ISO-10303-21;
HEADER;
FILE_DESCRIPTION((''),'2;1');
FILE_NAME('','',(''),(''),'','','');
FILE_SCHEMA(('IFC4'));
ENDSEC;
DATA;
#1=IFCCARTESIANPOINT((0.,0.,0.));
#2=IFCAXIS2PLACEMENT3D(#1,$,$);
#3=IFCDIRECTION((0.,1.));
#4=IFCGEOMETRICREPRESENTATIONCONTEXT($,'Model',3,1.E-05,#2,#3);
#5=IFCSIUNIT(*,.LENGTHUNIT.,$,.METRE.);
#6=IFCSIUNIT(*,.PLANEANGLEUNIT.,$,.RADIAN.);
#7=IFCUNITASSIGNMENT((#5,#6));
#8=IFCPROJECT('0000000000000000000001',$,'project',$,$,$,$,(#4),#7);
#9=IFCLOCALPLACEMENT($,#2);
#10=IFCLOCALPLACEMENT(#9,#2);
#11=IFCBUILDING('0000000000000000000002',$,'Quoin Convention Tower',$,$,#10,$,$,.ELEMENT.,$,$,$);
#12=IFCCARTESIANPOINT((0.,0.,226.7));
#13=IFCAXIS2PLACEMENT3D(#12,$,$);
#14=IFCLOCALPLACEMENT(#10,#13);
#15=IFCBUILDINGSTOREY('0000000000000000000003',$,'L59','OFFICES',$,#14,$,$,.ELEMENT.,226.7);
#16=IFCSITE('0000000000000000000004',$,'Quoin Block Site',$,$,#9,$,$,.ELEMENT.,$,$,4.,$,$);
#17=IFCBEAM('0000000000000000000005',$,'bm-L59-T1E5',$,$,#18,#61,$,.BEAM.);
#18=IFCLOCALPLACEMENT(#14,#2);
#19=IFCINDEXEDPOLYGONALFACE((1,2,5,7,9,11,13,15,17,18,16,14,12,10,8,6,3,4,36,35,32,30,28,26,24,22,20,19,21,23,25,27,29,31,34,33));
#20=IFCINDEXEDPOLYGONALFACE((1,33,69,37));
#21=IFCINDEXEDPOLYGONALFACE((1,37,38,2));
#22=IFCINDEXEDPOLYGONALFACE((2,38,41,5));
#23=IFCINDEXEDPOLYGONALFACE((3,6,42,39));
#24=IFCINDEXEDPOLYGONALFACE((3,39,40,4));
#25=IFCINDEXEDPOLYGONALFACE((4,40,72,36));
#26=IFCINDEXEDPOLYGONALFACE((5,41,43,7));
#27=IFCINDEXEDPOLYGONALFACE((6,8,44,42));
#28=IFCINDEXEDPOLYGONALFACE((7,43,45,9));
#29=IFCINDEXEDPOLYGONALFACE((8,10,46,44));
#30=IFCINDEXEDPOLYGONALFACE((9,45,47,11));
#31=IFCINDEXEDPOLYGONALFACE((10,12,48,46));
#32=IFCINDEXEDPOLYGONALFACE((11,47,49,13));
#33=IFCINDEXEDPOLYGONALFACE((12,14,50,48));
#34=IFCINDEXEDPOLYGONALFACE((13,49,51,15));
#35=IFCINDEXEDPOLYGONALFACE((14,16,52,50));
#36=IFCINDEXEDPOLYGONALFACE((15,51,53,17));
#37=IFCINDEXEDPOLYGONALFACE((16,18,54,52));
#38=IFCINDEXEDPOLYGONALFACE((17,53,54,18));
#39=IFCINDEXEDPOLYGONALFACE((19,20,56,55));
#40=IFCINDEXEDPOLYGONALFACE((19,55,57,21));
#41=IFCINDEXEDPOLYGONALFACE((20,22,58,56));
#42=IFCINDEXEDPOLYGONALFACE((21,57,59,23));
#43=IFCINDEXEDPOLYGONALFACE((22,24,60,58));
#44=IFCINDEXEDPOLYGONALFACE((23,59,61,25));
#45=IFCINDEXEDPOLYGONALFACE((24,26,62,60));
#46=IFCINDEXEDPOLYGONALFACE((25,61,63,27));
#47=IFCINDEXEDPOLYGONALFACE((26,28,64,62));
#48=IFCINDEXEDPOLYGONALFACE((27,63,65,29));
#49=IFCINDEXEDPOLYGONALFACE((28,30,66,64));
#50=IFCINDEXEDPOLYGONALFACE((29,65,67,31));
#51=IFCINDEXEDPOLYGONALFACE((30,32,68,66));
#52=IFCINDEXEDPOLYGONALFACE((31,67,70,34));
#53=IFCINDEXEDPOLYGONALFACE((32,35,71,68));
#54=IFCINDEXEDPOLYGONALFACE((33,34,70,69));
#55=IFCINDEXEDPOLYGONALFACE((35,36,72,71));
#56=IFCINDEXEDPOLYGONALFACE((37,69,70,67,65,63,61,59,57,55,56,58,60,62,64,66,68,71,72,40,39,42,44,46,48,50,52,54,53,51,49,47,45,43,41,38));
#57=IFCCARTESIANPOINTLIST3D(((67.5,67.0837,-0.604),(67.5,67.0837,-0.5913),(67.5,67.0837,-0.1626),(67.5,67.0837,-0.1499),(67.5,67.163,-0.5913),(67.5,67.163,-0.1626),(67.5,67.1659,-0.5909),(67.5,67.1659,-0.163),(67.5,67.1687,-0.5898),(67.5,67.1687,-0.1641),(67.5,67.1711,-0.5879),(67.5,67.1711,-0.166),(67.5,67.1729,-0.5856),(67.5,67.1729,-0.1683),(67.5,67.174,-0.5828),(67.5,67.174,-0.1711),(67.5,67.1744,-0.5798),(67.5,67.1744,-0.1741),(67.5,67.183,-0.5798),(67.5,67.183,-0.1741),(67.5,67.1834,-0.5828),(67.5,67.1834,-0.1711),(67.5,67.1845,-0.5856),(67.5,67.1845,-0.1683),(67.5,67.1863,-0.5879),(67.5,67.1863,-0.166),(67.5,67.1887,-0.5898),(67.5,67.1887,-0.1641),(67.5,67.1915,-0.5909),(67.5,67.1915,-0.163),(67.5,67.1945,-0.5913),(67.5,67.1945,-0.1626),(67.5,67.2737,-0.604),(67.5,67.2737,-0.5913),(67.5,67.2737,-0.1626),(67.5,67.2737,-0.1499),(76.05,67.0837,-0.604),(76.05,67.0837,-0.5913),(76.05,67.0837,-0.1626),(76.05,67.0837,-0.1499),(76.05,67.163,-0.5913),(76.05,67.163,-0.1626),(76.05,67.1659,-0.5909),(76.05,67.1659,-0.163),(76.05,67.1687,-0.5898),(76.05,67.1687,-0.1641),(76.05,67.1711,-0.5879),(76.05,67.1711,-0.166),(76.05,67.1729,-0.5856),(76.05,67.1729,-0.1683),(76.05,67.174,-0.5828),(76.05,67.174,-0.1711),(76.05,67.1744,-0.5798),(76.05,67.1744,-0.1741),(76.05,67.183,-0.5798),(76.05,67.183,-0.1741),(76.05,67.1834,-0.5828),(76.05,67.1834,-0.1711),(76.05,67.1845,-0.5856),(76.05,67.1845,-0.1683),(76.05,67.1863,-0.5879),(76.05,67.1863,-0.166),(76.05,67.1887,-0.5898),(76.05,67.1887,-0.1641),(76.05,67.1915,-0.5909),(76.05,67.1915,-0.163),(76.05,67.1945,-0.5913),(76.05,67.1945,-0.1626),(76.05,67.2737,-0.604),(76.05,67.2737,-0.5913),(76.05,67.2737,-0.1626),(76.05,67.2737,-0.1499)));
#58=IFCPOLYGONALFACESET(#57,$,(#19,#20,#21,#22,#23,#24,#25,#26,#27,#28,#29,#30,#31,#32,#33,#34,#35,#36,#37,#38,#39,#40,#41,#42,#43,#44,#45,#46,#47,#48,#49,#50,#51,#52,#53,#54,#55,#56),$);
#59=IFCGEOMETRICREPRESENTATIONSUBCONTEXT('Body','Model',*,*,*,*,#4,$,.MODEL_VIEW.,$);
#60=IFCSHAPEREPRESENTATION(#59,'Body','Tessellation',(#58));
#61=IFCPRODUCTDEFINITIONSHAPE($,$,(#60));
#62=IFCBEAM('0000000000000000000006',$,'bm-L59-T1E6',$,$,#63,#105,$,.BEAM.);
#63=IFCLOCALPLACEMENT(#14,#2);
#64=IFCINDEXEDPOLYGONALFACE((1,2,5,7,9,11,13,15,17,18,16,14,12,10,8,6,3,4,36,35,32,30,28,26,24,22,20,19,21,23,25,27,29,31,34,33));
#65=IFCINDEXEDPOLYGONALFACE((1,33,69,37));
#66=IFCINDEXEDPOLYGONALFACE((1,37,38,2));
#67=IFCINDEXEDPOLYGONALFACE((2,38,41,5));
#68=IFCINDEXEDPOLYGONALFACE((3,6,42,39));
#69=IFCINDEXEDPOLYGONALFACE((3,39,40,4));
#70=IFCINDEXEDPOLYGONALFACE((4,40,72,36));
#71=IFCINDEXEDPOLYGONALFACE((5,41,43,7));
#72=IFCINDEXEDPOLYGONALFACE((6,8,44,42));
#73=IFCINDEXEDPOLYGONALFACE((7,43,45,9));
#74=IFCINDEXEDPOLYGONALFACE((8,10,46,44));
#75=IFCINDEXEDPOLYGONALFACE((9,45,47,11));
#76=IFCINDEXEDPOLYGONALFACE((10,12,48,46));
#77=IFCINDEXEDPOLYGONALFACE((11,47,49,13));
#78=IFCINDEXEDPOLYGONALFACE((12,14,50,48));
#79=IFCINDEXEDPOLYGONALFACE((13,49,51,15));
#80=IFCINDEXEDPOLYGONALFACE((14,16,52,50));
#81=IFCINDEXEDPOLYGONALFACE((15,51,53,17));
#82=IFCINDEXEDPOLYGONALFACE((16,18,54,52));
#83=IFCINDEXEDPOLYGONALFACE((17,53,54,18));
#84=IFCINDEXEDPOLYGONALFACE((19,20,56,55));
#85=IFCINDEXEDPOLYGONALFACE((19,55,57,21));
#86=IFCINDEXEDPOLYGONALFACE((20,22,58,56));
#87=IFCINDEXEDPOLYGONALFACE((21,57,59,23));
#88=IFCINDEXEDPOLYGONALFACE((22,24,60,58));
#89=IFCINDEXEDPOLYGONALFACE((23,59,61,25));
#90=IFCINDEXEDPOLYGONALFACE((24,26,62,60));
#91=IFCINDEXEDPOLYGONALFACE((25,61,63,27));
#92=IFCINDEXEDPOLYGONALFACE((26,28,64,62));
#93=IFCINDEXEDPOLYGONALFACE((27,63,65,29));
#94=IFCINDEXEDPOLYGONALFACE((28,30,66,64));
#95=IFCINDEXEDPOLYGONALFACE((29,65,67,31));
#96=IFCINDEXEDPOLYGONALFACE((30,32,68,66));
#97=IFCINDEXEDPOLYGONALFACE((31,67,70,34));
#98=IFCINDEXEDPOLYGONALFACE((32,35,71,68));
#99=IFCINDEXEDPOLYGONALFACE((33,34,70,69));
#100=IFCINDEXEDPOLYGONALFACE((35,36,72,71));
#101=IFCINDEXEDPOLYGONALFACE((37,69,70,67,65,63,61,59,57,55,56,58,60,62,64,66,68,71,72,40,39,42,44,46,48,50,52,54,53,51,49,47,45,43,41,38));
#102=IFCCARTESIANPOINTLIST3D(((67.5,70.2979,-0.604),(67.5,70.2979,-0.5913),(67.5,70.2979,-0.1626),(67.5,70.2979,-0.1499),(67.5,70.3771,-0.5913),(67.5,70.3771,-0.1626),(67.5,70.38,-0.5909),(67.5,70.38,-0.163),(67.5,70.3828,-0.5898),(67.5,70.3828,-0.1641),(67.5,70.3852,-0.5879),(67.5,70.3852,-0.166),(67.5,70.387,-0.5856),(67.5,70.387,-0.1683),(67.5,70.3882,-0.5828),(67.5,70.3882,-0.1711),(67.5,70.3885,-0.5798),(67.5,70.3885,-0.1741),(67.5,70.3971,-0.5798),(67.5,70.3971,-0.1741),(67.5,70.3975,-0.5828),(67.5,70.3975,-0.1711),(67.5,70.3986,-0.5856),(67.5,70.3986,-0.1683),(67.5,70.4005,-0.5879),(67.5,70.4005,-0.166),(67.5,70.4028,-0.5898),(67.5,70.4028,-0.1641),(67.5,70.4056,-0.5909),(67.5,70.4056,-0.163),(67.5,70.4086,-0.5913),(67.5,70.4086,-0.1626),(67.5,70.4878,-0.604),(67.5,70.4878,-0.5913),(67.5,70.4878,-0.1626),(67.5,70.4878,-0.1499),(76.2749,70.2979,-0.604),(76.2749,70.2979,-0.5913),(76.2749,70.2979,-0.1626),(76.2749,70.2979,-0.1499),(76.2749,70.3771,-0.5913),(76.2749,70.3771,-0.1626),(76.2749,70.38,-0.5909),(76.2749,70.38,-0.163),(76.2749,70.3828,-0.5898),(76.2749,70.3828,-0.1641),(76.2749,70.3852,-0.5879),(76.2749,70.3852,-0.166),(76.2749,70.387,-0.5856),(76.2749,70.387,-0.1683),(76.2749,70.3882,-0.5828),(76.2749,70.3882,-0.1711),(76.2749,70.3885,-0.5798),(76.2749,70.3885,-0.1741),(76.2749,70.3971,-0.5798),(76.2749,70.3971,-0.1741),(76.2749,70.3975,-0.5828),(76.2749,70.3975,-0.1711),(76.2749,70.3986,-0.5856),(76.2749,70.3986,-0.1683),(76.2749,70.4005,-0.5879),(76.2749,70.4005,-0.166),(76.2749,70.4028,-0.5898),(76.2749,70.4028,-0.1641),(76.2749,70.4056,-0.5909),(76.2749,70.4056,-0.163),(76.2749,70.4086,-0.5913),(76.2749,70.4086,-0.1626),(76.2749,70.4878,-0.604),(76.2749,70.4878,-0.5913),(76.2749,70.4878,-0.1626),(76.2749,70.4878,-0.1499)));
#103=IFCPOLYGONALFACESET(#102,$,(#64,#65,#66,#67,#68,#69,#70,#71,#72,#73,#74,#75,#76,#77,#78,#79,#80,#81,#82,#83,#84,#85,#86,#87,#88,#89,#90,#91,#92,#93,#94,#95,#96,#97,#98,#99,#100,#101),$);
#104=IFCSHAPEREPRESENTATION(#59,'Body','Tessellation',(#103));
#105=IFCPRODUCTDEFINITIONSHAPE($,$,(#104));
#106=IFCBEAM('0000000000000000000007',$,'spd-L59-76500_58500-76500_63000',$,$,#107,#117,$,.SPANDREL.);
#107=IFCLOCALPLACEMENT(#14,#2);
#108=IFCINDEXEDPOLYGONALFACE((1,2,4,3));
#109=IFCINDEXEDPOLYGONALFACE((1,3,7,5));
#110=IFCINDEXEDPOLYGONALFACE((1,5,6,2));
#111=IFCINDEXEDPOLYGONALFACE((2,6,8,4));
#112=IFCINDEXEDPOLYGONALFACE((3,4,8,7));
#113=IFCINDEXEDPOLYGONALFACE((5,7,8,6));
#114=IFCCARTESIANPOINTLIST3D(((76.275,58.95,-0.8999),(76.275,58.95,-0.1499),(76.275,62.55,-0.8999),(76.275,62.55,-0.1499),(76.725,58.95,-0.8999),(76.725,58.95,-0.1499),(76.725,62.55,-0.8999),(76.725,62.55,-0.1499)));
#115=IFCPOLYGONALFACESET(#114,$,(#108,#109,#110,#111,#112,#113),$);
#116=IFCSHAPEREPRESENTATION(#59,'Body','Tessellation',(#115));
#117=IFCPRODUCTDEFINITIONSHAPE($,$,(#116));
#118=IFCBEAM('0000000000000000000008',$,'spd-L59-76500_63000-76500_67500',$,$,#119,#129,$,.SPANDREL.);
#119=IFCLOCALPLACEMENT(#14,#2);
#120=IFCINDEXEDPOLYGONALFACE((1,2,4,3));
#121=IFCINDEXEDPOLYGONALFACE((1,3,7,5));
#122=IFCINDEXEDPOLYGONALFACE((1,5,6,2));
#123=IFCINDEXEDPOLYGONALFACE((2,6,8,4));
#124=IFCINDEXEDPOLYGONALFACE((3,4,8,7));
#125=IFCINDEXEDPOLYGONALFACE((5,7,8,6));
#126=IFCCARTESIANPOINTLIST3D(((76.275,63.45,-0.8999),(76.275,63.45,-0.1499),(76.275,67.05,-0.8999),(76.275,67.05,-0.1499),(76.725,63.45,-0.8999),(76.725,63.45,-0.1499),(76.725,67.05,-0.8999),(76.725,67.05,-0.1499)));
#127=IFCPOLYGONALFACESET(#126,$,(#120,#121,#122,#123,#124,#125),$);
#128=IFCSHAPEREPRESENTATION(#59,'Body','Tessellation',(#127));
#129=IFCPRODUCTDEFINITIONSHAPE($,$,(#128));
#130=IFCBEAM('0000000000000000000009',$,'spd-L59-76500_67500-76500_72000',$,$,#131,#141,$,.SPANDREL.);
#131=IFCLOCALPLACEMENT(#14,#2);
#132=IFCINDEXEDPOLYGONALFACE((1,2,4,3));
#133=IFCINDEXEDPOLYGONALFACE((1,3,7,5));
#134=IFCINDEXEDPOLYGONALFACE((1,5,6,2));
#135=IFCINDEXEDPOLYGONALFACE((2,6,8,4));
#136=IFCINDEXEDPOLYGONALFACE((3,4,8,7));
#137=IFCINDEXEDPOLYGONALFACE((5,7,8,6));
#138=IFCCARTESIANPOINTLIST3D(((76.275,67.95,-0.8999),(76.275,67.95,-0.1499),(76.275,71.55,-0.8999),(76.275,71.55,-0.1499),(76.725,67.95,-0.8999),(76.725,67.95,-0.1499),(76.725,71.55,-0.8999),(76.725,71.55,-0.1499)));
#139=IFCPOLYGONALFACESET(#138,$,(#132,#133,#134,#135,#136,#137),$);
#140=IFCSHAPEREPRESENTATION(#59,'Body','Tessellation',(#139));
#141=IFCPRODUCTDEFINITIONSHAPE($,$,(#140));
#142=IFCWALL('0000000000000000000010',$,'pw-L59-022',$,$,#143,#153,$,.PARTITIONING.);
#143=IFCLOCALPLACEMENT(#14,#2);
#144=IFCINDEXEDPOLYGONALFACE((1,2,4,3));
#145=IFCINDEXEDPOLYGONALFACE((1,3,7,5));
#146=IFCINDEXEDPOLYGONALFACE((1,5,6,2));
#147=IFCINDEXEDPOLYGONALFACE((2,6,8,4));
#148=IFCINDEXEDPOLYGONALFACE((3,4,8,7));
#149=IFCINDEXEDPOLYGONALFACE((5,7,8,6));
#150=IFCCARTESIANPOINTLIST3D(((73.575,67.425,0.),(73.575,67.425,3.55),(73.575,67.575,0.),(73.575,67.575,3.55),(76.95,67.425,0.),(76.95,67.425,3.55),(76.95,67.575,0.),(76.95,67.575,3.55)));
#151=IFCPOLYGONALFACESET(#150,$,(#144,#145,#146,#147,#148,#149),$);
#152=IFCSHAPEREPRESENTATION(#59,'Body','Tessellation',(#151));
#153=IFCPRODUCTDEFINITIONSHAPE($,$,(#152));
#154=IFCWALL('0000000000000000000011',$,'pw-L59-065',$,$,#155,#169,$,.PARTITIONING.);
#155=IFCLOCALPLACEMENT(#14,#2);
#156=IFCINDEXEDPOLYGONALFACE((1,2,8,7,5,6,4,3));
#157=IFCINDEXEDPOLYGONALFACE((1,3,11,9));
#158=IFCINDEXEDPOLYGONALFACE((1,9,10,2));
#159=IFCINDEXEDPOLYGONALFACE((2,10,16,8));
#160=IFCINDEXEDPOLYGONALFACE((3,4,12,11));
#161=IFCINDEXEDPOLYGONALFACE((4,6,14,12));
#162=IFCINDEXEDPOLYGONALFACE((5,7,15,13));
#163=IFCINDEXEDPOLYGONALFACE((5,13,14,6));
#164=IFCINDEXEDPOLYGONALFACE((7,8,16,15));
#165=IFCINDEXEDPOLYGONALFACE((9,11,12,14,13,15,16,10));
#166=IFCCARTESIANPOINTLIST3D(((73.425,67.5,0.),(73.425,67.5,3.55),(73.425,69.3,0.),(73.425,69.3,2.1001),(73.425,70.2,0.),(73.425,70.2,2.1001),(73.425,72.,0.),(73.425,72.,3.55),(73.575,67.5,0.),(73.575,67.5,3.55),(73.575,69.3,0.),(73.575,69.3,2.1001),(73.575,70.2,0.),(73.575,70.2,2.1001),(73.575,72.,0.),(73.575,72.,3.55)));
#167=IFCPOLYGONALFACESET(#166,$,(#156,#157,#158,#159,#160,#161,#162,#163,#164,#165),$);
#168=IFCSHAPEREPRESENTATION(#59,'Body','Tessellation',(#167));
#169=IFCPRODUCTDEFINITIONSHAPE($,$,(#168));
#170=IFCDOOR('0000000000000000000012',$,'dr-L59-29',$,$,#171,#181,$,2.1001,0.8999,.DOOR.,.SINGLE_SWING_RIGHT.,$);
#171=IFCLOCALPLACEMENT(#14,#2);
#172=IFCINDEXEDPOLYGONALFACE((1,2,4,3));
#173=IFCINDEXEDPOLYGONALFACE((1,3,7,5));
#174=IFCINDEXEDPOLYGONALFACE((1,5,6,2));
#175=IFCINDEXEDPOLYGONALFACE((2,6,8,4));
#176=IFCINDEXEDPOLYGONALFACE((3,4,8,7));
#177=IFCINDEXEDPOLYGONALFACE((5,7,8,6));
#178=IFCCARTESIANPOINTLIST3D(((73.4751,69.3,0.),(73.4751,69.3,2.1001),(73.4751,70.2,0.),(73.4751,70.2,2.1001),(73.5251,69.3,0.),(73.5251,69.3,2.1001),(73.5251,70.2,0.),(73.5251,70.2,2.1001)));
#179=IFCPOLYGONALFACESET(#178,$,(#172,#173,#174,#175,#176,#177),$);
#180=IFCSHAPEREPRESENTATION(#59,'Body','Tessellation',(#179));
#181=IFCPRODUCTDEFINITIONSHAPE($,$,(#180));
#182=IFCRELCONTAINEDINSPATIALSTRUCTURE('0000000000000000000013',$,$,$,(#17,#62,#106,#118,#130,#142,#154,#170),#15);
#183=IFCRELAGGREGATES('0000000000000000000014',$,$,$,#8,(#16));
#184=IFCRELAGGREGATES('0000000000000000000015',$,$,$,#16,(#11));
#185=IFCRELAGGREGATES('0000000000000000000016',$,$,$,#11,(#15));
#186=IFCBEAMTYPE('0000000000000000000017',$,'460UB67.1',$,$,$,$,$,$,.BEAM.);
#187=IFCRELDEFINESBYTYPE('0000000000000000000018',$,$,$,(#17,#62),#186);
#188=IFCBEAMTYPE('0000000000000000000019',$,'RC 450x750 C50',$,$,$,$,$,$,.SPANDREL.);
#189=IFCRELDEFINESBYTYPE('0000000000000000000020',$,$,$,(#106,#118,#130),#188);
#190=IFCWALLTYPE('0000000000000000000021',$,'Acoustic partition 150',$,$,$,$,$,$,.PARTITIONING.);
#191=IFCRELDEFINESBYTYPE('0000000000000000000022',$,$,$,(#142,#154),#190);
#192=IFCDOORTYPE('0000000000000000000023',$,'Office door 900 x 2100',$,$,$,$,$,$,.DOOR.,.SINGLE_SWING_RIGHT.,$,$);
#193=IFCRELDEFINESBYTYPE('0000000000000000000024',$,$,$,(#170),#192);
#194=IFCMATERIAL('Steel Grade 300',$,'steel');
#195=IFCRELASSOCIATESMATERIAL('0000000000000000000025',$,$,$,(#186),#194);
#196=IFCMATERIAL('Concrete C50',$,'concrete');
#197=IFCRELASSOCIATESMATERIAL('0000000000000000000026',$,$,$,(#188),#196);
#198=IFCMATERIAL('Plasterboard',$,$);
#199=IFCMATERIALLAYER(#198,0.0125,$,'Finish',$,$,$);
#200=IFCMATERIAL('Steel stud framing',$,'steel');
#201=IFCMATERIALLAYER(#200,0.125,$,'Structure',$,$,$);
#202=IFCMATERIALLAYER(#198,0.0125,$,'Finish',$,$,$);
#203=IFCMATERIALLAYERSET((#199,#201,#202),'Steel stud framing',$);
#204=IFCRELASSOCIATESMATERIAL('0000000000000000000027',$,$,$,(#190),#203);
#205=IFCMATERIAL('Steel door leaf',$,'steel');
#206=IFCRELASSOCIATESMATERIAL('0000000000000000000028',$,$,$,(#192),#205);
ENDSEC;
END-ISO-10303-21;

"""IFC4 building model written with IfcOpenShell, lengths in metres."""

from ifc_helpers import new_model, si_unit, direction, frame, frame_2d, origin, origin_2d, place, context, subcontext, project, spatial, rectangle, i_section, extrude, material, layer, layer_set, material_profile, profile_set, type_object, element, fill, save


model = new_model("IFC4")

# Units and contexts
model_context = context("Model", 3, precision=1e-05, world=origin(), true_north=direction((0.0, 1.0)))
body_context = subcontext(model_context, "Body", "Model", "MODEL_VIEW")
ifc_project = project(units=[si_unit("LENGTHUNIT", "METRE"), si_unit("PLANEANGLEUNIT", "RADIAN")], contexts=[model_context])

# Site, building, storey
site_placement = place(None, origin())
site = spatial("IfcSite", under=ifc_project, at=site_placement, Name="Quoin Block Site", CompositionType="ELEMENT", RefElevation=4.0)
building_placement = place(site_placement, origin())
building = spatial("IfcBuilding", under=site, at=building_placement, Name="Quoin Convention Tower", CompositionType="ELEMENT")
storey_placement = place(building_placement, frame((0.0, 0.0, 226.7)))
storey = spatial("IfcBuildingStorey", under=building, at=storey_placement, Name="L59", Description="OFFICES", CompositionType="ELEMENT", Elevation=226.7)

# Shared definitions
ifc_material_1 = material(Name="Concrete C50", Category="concrete")

# Beams
ifc_material_2 = material(Name="Steel Grade 300", Category="steel")
ifc_material_profile_1 = material_profile(ifc_material_2, i_section(OverallWidth=0.1899, OverallDepth=0.4541, WebThickness=0.0085, FlangeThickness=0.0127, FilletRadius=0.0115, at=origin_2d()), Name="460UB67.1")
ifc_profile_set_1 = profile_set([ifc_material_profile_1], Name="Steel Grade 300")
beam_type_1 = type_object("IfcBeamType", Name="460UB67.1", PredefinedType="BEAM", material=ifc_profile_set_1)
beam_1_placement = place(storey_placement, frame((67.5, 67.1787, -0.377), z_axis=(1.0, 0.0, 0.0), x_axis=(0.0, 1.0, 0.0)))
element("IfcBeam", 1, at=beam_1_placement, inside=storey, type_object=beam_type_1, Name="bm-L59-T1E5", PredefinedType="BEAM", context=body_context, shape_type="SweptSolid", body=[
    extrude(i_section(OverallWidth=0.1899, OverallDepth=0.4541, WebThickness=0.0085, FlangeThickness=0.0127, FilletRadius=0.0115, at=origin_2d()), origin(), (0.0, 0.0, 1.0), 8.55),
])
beam_2_placement = place(storey_placement, frame((67.5, 70.3928, -0.377), z_axis=(1.0, 0.0, 0.0), x_axis=(0.0, 1.0, 0.0)))
element("IfcBeam", 2, at=beam_2_placement, inside=storey, type_object=beam_type_1, Name="bm-L59-T1E6", PredefinedType="BEAM", context=body_context, shape_type="SweptSolid", body=[
    extrude(i_section(OverallWidth=0.1899, OverallDepth=0.4541, WebThickness=0.0085, FlangeThickness=0.0127, FilletRadius=0.0115, at=origin_2d()), origin(), (0.0, 0.0, 1.0), 8.7749),
])
ifc_material_profile_2 = material_profile(ifc_material_1, rectangle(XDim=0.45, YDim=0.75, at=origin_2d()), Name="RC 450x750")
ifc_profile_set_2 = profile_set([ifc_material_profile_2], Name="Concrete C50")
beam_type_2 = type_object("IfcBeamType", Name="RC 450x750 C50", PredefinedType="SPANDREL", material=ifc_profile_set_2)
for number, where, z_axis, x_axis, name in (
    (3, (76.5, 58.95, -0.5249), (0.0, 1.0, 0.0), (-1.0, 0.0, 0.0), "spd-L59-76500_58500-76500_63000"),
    (4, (76.5, 63.45, -0.5249), (0.0, 1.0, 0.0), (-1.0, 0.0, 0.0), "spd-L59-76500_63000-76500_67500"),
    (5, (76.5, 67.95, -0.5249), (0.0, 1.0, 0.0), (-1.0, 0.0, 0.0), "spd-L59-76500_67500-76500_72000"),
):
    element("IfcBeam", number, at=place(storey_placement, frame(where, z_axis=z_axis, x_axis=x_axis)), inside=storey, type_object=beam_type_2, Name=name, PredefinedType="SPANDREL", context=body_context, shape_type="SweptSolid", body=[
        extrude(rectangle(XDim=0.45, YDim=0.75, at=origin_2d()), origin(), (0.0, 0.0, 1.0), 3.6001),
    ])

# Wall
ifc_material_3 = material(Name="Plasterboard")
ifc_layer_1 = layer(ifc_material_3, 0.0125, Name="Finish")
ifc_material_4 = material(Name="Steel stud framing", Category="steel")
ifc_layer_2 = layer(ifc_material_4, 0.125, Name="Structure")
ifc_layer_3 = layer(ifc_material_3, 0.0125, Name="Finish")
ifc_layer_set_1 = layer_set([ifc_layer_1, ifc_layer_2, ifc_layer_3], Name="Steel stud framing")
wall_type_1 = type_object("IfcWallType", Name="Acoustic partition 150", PredefinedType="PARTITIONING", material=ifc_layer_set_1)
wall_1_placement = place(storey_placement, frame((73.575, 67.5, 0.0), z_axis=(0.0, 0.0, 1.0), x_axis=(1.0, 0.0, 0.0)))
element("IfcWall", 6, at=wall_1_placement, inside=storey, type_object=wall_type_1, Name="pw-L59-022", PredefinedType="PARTITIONING", context=body_context, shape_type="SweptSolid", body=[
    extrude(rectangle(XDim=3.375, YDim=0.1499, at=frame_2d((1.6875, 0.0))), origin(), (0.0, 0.0, 1.0), 3.55),
])

# Wall, opening, door
wall_2_placement = place(storey_placement, frame((73.5, 67.5, 0.0), z_axis=(0.0, 0.0, 1.0), x_axis=(0.0, 1.0, 0.0)))
wall_2 = element("IfcWall", 7, at=wall_2_placement, inside=storey, type_object=wall_type_1, Name="pw-L59-065", PredefinedType="PARTITIONING", context=body_context, shape_type="SweptSolid", body=[
    extrude(rectangle(XDim=4.5, YDim=0.1499, at=frame_2d((2.25, 0.0))), origin(), (0.0, 0.0, 1.0), 3.55),
])
opening_1_placement = place(wall_2_placement, frame((1.8, 0.0, 0.0)))
opening_1 = element("IfcOpeningElement", 8, at=opening_1_placement, cuts=wall_2, PredefinedType="OPENING", context=body_context, shape_type="SweptSolid", body=[
    extrude(rectangle(XDim=0.8999, YDim=2.1001, at=frame_2d((0.45, 1.05))), frame((0.0, 0.085, 0.0), z_axis=(0.0, -1.0, 0.0), x_axis=(1.0, 0.0, 0.0)), (0.0, 0.0, 1.0), 0.1699),
])
ifc_material_5 = material(Name="Steel door leaf", Category="steel")
door_type_1 = type_object("IfcDoorType", Name="Office door 900 x 2100", OperationType="SINGLE_SWING_RIGHT", PredefinedType="DOOR", material=ifc_material_5)
door_1_placement = place(opening_1_placement, origin())
door_1 = element("IfcDoor", 9, at=door_1_placement, inside=storey, type_object=door_type_1, Name="dr-L59-29", OperationType="SINGLE_SWING_RIGHT", OverallHeight=2.1001, OverallWidth=0.8999, PredefinedType="DOOR", context=body_context, shape_type="SweptSolid", body=[
    extrude(rectangle(XDim=0.8999, YDim=2.1001, at=frame_2d((0.45, 1.05))), frame((0.0, 0.0249, 0.0), z_axis=(0.0, -1.0, 0.0), x_axis=(1.0, 0.0, 0.0)), (0.0, 0.0, 1.0), 0.05),
])
fill(opening_1, door_1)

save(model, "model.ifc")
